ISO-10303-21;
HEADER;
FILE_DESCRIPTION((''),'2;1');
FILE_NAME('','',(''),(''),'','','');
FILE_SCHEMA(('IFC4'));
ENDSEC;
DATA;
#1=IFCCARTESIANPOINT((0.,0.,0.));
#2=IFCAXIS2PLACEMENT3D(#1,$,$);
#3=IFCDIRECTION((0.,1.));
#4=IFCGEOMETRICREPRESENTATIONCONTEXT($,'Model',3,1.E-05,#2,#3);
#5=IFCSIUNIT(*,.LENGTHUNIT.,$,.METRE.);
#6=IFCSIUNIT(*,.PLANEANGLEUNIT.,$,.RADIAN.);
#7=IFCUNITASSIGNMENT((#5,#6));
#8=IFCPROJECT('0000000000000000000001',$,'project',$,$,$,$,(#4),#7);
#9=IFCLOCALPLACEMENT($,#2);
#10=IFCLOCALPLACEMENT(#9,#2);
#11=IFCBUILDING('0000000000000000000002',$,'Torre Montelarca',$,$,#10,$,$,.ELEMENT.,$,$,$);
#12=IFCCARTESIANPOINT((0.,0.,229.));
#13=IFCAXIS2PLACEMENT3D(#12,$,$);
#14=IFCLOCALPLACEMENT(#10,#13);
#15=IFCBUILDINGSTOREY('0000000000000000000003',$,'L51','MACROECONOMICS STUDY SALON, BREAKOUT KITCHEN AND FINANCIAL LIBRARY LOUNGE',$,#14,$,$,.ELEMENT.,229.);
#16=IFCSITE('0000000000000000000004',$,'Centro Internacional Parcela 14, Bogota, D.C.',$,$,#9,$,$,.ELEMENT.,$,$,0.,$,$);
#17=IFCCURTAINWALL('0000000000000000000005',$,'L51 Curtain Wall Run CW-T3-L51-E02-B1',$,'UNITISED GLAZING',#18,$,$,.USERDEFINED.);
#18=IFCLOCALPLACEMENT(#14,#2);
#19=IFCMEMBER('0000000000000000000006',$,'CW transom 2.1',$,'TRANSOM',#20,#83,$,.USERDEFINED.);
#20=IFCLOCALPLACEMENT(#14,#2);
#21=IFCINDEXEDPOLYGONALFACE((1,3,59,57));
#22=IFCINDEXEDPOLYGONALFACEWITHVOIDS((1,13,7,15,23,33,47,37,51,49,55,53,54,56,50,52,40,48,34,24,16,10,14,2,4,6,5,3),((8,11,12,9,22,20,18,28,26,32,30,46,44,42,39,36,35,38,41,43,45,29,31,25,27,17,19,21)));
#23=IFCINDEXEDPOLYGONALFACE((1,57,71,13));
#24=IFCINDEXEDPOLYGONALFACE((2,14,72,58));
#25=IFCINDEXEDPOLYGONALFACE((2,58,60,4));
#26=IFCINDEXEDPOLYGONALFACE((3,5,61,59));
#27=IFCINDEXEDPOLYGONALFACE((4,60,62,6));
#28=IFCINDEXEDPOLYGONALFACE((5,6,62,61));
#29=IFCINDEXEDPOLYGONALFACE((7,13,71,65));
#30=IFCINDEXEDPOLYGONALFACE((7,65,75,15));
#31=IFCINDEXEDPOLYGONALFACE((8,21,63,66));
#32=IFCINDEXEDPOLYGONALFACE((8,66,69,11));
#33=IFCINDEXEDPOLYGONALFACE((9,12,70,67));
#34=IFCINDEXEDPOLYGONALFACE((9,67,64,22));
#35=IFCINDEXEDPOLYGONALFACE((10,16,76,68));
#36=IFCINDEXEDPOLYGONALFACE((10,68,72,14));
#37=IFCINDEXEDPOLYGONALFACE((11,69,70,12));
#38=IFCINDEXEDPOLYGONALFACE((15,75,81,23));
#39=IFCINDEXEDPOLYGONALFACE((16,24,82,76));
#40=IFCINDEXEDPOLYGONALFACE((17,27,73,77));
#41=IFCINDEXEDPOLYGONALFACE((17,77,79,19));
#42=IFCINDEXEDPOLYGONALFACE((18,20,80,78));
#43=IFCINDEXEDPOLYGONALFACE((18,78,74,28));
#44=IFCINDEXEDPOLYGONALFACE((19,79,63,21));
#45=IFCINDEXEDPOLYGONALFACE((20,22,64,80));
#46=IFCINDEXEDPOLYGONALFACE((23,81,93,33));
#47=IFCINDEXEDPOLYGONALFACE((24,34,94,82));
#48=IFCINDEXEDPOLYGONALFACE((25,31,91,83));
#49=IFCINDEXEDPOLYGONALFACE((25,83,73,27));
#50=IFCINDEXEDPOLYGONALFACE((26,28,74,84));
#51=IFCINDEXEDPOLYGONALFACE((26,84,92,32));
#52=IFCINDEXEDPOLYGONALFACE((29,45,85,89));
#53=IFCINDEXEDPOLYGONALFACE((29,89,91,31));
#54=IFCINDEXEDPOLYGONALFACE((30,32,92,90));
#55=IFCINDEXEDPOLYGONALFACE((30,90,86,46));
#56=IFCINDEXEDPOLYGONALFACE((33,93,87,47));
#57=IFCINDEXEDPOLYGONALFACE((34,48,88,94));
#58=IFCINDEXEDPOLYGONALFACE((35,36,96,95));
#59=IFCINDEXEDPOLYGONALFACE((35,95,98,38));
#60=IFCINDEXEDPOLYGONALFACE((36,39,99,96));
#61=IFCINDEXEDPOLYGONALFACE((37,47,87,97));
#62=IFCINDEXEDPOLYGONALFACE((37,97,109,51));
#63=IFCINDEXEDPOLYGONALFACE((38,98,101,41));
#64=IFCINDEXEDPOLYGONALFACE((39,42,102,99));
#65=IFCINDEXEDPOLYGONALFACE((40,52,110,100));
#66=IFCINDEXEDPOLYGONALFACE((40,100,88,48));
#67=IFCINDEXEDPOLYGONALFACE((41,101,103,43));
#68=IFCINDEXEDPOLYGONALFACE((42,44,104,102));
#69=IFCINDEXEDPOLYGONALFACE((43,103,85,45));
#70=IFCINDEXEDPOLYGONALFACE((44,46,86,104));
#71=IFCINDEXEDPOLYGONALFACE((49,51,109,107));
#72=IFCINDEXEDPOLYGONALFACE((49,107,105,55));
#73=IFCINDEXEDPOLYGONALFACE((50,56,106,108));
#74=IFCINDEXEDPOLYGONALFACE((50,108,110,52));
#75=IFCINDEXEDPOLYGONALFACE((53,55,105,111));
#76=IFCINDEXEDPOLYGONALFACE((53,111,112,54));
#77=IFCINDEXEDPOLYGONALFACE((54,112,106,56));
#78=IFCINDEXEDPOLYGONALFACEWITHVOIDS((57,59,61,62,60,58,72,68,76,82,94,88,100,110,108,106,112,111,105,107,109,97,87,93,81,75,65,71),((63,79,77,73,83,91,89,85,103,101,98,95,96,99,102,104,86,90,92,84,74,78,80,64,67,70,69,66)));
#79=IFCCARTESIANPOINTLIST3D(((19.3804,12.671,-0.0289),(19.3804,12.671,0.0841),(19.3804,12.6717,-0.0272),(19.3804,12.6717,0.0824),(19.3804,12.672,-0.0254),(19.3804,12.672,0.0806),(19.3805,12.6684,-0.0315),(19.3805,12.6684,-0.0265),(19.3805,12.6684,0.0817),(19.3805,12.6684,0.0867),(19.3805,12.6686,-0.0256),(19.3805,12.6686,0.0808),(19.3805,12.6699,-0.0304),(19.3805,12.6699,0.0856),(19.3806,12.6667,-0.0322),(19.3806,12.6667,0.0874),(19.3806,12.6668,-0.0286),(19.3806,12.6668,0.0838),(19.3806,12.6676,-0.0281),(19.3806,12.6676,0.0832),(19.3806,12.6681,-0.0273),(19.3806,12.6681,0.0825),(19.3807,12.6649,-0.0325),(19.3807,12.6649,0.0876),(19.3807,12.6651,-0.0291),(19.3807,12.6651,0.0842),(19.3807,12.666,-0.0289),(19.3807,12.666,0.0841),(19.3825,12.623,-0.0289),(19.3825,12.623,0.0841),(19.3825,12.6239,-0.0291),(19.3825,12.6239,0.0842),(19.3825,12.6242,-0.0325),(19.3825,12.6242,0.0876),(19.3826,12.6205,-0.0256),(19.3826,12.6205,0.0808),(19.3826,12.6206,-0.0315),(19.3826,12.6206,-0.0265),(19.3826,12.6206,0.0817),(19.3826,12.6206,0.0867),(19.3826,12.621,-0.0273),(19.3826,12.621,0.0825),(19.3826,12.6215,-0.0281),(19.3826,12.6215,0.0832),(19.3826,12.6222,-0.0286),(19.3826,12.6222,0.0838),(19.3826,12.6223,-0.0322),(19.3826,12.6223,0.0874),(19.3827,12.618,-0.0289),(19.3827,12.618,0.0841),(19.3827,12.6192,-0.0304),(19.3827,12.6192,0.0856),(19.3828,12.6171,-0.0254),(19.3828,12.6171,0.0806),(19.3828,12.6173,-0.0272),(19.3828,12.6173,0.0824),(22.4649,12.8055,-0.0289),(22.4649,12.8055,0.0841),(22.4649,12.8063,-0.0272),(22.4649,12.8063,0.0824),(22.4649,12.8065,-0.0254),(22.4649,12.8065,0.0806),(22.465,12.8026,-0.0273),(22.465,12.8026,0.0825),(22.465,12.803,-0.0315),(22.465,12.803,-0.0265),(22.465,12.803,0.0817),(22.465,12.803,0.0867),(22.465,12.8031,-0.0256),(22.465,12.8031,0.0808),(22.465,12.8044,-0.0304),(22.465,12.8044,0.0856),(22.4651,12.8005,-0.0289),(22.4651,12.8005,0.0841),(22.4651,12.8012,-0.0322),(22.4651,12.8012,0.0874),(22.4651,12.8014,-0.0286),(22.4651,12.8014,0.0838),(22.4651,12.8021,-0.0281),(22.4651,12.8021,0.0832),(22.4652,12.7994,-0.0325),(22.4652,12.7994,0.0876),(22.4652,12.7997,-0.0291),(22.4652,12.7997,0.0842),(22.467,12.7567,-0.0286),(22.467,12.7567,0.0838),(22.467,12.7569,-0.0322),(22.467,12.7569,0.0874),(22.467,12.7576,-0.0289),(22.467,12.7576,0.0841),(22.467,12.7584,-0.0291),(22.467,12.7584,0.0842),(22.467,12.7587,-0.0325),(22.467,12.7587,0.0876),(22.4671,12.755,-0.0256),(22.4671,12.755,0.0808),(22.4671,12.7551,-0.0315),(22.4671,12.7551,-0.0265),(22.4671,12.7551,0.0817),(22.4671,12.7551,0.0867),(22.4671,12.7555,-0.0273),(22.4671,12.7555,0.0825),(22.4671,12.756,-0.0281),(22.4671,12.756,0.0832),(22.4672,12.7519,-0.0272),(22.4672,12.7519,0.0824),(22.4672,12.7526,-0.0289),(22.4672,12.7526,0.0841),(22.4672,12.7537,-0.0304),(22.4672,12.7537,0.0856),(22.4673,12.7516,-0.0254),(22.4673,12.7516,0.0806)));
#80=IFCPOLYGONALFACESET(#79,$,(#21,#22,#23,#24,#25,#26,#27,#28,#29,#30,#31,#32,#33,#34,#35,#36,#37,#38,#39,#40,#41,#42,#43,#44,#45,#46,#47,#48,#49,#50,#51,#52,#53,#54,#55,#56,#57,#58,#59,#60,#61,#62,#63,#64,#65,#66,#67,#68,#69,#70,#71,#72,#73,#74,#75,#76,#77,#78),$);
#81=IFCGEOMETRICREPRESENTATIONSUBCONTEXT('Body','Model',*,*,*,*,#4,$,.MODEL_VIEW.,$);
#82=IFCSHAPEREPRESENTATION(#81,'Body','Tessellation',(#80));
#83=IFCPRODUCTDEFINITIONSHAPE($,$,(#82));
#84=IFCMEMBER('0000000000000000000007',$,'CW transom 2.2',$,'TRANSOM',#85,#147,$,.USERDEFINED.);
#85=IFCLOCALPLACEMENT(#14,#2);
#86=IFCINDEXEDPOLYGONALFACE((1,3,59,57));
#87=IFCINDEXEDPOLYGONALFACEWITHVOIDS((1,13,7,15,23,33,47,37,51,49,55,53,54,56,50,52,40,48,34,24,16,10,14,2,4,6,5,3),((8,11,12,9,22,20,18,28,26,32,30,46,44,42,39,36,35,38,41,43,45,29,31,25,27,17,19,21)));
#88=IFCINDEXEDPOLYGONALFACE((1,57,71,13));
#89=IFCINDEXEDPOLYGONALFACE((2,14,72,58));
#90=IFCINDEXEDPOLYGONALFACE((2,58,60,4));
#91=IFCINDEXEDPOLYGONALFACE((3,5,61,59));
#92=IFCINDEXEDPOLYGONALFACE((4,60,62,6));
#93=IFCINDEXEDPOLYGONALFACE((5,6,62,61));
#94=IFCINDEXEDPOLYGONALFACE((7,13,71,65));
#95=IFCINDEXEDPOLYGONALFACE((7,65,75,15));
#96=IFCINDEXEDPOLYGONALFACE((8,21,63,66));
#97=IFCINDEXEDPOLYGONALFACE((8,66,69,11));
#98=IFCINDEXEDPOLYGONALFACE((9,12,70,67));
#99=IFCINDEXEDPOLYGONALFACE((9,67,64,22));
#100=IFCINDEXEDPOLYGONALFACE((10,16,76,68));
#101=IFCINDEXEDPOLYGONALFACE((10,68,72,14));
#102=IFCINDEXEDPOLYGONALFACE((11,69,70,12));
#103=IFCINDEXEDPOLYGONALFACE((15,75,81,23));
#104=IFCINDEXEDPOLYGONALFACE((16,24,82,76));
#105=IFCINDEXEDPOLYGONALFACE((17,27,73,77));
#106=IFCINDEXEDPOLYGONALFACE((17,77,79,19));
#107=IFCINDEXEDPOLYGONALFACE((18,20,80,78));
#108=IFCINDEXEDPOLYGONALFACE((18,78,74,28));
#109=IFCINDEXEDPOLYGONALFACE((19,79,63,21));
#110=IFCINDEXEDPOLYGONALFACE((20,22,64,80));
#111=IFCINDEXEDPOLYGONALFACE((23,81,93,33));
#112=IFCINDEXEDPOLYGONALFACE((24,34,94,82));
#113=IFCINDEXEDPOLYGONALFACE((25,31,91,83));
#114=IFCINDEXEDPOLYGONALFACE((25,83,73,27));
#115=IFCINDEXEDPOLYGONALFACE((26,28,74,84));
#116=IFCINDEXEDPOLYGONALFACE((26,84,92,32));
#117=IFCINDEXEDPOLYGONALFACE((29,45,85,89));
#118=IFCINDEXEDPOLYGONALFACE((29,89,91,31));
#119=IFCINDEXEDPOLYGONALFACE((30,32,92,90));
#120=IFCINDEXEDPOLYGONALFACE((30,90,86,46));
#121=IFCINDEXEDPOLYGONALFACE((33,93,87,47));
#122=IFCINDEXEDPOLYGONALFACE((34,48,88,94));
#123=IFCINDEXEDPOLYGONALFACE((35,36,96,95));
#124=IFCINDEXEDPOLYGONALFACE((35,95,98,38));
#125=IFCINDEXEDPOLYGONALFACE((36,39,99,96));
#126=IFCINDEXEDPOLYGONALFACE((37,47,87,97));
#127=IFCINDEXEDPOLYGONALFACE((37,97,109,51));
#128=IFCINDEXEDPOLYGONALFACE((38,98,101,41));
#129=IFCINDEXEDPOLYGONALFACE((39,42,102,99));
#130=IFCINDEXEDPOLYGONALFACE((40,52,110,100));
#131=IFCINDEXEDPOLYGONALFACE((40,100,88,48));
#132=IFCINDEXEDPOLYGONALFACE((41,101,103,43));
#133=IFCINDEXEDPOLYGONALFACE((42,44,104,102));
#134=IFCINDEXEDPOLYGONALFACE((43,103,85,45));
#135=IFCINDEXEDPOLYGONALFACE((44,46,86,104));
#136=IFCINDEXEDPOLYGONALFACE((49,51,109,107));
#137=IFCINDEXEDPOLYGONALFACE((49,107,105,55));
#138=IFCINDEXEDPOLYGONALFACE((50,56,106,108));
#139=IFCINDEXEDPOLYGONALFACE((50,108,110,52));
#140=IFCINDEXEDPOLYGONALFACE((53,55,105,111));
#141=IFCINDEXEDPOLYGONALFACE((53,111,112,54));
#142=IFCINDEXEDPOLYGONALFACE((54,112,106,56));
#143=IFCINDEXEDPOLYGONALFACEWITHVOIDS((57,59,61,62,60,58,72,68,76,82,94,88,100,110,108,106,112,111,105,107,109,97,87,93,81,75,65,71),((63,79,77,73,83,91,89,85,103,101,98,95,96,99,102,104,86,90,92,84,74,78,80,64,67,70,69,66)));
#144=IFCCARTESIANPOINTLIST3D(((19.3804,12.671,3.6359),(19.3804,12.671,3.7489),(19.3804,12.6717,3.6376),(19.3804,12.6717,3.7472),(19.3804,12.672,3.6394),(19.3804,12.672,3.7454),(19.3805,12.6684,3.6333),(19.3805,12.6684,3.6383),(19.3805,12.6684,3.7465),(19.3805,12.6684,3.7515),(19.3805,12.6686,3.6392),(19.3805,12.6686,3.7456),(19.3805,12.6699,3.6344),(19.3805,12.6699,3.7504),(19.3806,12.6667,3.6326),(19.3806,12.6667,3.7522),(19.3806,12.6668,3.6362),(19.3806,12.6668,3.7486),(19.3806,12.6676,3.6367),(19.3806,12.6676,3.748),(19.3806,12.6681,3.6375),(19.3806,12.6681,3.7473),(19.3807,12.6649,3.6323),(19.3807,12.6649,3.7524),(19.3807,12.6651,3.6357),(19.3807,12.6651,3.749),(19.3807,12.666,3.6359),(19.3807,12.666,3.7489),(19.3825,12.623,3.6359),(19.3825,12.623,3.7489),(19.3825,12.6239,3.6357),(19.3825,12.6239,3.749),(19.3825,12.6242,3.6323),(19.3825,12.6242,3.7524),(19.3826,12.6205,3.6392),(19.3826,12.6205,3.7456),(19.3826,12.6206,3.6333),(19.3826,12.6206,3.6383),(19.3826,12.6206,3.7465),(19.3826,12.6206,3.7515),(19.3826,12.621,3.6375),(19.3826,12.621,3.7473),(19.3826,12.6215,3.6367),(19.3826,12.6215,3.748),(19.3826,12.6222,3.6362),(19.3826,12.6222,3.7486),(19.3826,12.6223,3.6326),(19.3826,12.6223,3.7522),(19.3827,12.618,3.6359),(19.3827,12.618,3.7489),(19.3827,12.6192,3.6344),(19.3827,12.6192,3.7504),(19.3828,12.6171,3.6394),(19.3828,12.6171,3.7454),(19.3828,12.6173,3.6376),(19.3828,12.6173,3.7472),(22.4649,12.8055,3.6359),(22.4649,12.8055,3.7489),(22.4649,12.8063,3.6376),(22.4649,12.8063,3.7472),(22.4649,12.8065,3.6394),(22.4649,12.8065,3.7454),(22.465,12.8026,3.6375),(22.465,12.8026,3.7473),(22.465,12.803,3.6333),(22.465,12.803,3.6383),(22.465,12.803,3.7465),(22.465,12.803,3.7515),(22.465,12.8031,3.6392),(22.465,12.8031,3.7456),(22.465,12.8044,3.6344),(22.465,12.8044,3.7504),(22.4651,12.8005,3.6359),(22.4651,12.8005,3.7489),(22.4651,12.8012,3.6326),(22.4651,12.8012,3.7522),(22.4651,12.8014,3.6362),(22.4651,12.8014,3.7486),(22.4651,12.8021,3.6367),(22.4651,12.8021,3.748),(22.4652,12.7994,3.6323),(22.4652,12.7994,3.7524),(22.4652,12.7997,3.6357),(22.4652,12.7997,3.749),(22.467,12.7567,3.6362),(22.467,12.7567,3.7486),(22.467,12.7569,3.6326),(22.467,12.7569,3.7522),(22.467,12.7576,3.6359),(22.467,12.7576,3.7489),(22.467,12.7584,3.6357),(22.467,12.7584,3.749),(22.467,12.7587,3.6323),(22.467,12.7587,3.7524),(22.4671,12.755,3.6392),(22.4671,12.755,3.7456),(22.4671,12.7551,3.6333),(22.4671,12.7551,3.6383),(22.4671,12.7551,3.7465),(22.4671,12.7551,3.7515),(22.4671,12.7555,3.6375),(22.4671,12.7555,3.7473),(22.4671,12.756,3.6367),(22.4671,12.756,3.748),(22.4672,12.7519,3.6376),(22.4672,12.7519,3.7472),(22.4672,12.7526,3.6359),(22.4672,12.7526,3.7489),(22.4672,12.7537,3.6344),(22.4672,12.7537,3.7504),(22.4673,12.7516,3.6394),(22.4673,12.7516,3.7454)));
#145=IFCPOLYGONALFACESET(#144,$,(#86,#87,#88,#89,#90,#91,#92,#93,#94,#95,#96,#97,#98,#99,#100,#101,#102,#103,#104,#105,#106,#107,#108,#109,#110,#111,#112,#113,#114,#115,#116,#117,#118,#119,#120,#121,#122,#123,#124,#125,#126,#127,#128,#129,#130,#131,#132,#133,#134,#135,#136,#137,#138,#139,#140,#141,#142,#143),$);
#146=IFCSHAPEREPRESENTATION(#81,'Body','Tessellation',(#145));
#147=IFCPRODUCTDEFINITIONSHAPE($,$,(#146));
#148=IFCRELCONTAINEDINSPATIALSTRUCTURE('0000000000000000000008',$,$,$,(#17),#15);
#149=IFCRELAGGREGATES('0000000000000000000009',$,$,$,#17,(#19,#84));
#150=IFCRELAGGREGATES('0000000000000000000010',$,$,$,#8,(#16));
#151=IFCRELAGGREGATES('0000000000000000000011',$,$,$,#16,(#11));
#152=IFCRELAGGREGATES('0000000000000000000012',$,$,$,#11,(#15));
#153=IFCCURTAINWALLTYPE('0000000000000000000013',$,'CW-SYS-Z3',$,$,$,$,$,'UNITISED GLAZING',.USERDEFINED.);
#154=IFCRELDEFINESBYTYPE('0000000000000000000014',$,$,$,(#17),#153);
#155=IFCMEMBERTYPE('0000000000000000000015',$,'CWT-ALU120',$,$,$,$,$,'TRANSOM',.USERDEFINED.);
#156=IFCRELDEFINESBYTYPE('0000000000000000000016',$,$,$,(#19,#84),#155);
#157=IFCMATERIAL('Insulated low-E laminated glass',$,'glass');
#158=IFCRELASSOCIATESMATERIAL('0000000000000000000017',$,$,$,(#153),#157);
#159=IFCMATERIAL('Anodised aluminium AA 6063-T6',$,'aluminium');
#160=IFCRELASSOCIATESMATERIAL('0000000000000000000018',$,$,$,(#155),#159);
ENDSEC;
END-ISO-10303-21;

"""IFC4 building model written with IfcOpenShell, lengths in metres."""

from ifc_helpers import new_model, si_unit, direction, frame, origin, origin_2d, place, context, subcontext, project, spatial, hollow_rectangle, extrude, source, transform, mapped, material, material_profile, profile_set, type_object, element, aggregate, save


model = new_model("IFC4")

# Units and contexts
model_context = context("Model", 3, precision=1e-05, world=origin(), true_north=direction((0.0, 1.0)))
body_context = subcontext(model_context, "Body", "Model", "MODEL_VIEW")
ifc_project = project(units=[si_unit("LENGTHUNIT", "METRE"), si_unit("PLANEANGLEUNIT", "RADIAN")], contexts=[model_context])

# Site, building, storey
site_placement = place(None, origin())
site = spatial("IfcSite", under=ifc_project, at=site_placement, Name="Centro Internacional Parcela 14, Bogota, D.C.", CompositionType="ELEMENT", RefElevation=0.0)
building_placement = place(site_placement, origin())
building = spatial("IfcBuilding", under=site, at=building_placement, Name="Torre Montelarca", CompositionType="ELEMENT")
storey_placement = place(building_placement, frame((0.0, 0.0, 229.0)))
storey = spatial("IfcBuildingStorey", under=building, at=storey_placement, Name="L51", Description="MACROECONOMICS STUDY SALON, BREAKOUT KITCHEN AND FINANCIAL LIBRARY LOUNGE", CompositionType="ELEMENT", Elevation=229.0)

# Curtain wall, members
ifc_material_1 = material(Name="Insulated low-E laminated glass", Category="glass")
curtain_wall_type = type_object("IfcCurtainWallType", Name="CW-SYS-Z3", ElementType="UNITISED GLAZING", PredefinedType="USERDEFINED", material=ifc_material_1)
curtain_wall_1_placement = place(storey_placement, origin())
curtain_wall_1 = element("IfcCurtainWall", 1, at=curtain_wall_1_placement, inside=storey, type_object=curtain_wall_type, Name="L51 Curtain Wall Run CW-T3-L51-E02-B1", ObjectType="UNITISED GLAZING", PredefinedType="USERDEFINED")
ifc_material_2 = material(Name="Anodised aluminium AA 6063-T6", Category="aluminium")
ifc_material_profile_1 = material_profile(ifc_material_2, hollow_rectangle(XDim=0.0549, YDim=0.1201, WallThickness=0.0034, InnerFilletRadius=0.0034, OuterFilletRadius=0.0071, at=origin_2d()), Name="ALU55X120X3.5", Category="aluminium")
ifc_profile_set_1 = profile_set([ifc_material_profile_1], Name="Anodised aluminium AA 6063-T6")
member_type_1 = type_object("IfcMemberType", Name="CWT-ALU120", ElementType="TRANSOM", PredefinedType="USERDEFINED", material=ifc_profile_set_1)
shared_shape_1 = source(origin(), body_context, "Body", "SweptSolid", [
    extrude(hollow_rectangle(XDim=0.0549, YDim=0.1201, WallThickness=0.0034, InnerFilletRadius=0.0034, OuterFilletRadius=0.0071, at=origin_2d()), origin(), (0.0, 0.0, 1.0), 3.0874),
])
member_1_placement = place(storey_placement, frame((19.3816, 12.6445, 0.0276), z_axis=(0.99905, 0.043571, 0.0), x_axis=(-0.043571, 0.99905, 0.0)))
member_1 = element("IfcMember", 2, at=member_1_placement, type_object=member_type_1, Name="CW transom 2.1", ObjectType="TRANSOM", PredefinedType="USERDEFINED", context=body_context, shape_type="MappedRepresentation", body=[
    mapped(shared_shape_1, transform((0.0, 0.0, 0.0), scale=1.0)),
])
member_2_placement = place(storey_placement, frame((19.3816, 12.6445, 3.6924), z_axis=(0.99905, 0.043571, 0.0), x_axis=(-0.043571, 0.99905, 0.0)))
member_2 = element("IfcMember", 3, at=member_2_placement, type_object=member_type_1, Name="CW transom 2.2", ObjectType="TRANSOM", PredefinedType="USERDEFINED", context=body_context, shape_type="MappedRepresentation", body=[
    mapped(shared_shape_1, transform((0.0, 0.0, 0.0), scale=1.0)),
])

aggregate(curtain_wall_1, [member_1, member_2])

save(model, "model.ifc")
